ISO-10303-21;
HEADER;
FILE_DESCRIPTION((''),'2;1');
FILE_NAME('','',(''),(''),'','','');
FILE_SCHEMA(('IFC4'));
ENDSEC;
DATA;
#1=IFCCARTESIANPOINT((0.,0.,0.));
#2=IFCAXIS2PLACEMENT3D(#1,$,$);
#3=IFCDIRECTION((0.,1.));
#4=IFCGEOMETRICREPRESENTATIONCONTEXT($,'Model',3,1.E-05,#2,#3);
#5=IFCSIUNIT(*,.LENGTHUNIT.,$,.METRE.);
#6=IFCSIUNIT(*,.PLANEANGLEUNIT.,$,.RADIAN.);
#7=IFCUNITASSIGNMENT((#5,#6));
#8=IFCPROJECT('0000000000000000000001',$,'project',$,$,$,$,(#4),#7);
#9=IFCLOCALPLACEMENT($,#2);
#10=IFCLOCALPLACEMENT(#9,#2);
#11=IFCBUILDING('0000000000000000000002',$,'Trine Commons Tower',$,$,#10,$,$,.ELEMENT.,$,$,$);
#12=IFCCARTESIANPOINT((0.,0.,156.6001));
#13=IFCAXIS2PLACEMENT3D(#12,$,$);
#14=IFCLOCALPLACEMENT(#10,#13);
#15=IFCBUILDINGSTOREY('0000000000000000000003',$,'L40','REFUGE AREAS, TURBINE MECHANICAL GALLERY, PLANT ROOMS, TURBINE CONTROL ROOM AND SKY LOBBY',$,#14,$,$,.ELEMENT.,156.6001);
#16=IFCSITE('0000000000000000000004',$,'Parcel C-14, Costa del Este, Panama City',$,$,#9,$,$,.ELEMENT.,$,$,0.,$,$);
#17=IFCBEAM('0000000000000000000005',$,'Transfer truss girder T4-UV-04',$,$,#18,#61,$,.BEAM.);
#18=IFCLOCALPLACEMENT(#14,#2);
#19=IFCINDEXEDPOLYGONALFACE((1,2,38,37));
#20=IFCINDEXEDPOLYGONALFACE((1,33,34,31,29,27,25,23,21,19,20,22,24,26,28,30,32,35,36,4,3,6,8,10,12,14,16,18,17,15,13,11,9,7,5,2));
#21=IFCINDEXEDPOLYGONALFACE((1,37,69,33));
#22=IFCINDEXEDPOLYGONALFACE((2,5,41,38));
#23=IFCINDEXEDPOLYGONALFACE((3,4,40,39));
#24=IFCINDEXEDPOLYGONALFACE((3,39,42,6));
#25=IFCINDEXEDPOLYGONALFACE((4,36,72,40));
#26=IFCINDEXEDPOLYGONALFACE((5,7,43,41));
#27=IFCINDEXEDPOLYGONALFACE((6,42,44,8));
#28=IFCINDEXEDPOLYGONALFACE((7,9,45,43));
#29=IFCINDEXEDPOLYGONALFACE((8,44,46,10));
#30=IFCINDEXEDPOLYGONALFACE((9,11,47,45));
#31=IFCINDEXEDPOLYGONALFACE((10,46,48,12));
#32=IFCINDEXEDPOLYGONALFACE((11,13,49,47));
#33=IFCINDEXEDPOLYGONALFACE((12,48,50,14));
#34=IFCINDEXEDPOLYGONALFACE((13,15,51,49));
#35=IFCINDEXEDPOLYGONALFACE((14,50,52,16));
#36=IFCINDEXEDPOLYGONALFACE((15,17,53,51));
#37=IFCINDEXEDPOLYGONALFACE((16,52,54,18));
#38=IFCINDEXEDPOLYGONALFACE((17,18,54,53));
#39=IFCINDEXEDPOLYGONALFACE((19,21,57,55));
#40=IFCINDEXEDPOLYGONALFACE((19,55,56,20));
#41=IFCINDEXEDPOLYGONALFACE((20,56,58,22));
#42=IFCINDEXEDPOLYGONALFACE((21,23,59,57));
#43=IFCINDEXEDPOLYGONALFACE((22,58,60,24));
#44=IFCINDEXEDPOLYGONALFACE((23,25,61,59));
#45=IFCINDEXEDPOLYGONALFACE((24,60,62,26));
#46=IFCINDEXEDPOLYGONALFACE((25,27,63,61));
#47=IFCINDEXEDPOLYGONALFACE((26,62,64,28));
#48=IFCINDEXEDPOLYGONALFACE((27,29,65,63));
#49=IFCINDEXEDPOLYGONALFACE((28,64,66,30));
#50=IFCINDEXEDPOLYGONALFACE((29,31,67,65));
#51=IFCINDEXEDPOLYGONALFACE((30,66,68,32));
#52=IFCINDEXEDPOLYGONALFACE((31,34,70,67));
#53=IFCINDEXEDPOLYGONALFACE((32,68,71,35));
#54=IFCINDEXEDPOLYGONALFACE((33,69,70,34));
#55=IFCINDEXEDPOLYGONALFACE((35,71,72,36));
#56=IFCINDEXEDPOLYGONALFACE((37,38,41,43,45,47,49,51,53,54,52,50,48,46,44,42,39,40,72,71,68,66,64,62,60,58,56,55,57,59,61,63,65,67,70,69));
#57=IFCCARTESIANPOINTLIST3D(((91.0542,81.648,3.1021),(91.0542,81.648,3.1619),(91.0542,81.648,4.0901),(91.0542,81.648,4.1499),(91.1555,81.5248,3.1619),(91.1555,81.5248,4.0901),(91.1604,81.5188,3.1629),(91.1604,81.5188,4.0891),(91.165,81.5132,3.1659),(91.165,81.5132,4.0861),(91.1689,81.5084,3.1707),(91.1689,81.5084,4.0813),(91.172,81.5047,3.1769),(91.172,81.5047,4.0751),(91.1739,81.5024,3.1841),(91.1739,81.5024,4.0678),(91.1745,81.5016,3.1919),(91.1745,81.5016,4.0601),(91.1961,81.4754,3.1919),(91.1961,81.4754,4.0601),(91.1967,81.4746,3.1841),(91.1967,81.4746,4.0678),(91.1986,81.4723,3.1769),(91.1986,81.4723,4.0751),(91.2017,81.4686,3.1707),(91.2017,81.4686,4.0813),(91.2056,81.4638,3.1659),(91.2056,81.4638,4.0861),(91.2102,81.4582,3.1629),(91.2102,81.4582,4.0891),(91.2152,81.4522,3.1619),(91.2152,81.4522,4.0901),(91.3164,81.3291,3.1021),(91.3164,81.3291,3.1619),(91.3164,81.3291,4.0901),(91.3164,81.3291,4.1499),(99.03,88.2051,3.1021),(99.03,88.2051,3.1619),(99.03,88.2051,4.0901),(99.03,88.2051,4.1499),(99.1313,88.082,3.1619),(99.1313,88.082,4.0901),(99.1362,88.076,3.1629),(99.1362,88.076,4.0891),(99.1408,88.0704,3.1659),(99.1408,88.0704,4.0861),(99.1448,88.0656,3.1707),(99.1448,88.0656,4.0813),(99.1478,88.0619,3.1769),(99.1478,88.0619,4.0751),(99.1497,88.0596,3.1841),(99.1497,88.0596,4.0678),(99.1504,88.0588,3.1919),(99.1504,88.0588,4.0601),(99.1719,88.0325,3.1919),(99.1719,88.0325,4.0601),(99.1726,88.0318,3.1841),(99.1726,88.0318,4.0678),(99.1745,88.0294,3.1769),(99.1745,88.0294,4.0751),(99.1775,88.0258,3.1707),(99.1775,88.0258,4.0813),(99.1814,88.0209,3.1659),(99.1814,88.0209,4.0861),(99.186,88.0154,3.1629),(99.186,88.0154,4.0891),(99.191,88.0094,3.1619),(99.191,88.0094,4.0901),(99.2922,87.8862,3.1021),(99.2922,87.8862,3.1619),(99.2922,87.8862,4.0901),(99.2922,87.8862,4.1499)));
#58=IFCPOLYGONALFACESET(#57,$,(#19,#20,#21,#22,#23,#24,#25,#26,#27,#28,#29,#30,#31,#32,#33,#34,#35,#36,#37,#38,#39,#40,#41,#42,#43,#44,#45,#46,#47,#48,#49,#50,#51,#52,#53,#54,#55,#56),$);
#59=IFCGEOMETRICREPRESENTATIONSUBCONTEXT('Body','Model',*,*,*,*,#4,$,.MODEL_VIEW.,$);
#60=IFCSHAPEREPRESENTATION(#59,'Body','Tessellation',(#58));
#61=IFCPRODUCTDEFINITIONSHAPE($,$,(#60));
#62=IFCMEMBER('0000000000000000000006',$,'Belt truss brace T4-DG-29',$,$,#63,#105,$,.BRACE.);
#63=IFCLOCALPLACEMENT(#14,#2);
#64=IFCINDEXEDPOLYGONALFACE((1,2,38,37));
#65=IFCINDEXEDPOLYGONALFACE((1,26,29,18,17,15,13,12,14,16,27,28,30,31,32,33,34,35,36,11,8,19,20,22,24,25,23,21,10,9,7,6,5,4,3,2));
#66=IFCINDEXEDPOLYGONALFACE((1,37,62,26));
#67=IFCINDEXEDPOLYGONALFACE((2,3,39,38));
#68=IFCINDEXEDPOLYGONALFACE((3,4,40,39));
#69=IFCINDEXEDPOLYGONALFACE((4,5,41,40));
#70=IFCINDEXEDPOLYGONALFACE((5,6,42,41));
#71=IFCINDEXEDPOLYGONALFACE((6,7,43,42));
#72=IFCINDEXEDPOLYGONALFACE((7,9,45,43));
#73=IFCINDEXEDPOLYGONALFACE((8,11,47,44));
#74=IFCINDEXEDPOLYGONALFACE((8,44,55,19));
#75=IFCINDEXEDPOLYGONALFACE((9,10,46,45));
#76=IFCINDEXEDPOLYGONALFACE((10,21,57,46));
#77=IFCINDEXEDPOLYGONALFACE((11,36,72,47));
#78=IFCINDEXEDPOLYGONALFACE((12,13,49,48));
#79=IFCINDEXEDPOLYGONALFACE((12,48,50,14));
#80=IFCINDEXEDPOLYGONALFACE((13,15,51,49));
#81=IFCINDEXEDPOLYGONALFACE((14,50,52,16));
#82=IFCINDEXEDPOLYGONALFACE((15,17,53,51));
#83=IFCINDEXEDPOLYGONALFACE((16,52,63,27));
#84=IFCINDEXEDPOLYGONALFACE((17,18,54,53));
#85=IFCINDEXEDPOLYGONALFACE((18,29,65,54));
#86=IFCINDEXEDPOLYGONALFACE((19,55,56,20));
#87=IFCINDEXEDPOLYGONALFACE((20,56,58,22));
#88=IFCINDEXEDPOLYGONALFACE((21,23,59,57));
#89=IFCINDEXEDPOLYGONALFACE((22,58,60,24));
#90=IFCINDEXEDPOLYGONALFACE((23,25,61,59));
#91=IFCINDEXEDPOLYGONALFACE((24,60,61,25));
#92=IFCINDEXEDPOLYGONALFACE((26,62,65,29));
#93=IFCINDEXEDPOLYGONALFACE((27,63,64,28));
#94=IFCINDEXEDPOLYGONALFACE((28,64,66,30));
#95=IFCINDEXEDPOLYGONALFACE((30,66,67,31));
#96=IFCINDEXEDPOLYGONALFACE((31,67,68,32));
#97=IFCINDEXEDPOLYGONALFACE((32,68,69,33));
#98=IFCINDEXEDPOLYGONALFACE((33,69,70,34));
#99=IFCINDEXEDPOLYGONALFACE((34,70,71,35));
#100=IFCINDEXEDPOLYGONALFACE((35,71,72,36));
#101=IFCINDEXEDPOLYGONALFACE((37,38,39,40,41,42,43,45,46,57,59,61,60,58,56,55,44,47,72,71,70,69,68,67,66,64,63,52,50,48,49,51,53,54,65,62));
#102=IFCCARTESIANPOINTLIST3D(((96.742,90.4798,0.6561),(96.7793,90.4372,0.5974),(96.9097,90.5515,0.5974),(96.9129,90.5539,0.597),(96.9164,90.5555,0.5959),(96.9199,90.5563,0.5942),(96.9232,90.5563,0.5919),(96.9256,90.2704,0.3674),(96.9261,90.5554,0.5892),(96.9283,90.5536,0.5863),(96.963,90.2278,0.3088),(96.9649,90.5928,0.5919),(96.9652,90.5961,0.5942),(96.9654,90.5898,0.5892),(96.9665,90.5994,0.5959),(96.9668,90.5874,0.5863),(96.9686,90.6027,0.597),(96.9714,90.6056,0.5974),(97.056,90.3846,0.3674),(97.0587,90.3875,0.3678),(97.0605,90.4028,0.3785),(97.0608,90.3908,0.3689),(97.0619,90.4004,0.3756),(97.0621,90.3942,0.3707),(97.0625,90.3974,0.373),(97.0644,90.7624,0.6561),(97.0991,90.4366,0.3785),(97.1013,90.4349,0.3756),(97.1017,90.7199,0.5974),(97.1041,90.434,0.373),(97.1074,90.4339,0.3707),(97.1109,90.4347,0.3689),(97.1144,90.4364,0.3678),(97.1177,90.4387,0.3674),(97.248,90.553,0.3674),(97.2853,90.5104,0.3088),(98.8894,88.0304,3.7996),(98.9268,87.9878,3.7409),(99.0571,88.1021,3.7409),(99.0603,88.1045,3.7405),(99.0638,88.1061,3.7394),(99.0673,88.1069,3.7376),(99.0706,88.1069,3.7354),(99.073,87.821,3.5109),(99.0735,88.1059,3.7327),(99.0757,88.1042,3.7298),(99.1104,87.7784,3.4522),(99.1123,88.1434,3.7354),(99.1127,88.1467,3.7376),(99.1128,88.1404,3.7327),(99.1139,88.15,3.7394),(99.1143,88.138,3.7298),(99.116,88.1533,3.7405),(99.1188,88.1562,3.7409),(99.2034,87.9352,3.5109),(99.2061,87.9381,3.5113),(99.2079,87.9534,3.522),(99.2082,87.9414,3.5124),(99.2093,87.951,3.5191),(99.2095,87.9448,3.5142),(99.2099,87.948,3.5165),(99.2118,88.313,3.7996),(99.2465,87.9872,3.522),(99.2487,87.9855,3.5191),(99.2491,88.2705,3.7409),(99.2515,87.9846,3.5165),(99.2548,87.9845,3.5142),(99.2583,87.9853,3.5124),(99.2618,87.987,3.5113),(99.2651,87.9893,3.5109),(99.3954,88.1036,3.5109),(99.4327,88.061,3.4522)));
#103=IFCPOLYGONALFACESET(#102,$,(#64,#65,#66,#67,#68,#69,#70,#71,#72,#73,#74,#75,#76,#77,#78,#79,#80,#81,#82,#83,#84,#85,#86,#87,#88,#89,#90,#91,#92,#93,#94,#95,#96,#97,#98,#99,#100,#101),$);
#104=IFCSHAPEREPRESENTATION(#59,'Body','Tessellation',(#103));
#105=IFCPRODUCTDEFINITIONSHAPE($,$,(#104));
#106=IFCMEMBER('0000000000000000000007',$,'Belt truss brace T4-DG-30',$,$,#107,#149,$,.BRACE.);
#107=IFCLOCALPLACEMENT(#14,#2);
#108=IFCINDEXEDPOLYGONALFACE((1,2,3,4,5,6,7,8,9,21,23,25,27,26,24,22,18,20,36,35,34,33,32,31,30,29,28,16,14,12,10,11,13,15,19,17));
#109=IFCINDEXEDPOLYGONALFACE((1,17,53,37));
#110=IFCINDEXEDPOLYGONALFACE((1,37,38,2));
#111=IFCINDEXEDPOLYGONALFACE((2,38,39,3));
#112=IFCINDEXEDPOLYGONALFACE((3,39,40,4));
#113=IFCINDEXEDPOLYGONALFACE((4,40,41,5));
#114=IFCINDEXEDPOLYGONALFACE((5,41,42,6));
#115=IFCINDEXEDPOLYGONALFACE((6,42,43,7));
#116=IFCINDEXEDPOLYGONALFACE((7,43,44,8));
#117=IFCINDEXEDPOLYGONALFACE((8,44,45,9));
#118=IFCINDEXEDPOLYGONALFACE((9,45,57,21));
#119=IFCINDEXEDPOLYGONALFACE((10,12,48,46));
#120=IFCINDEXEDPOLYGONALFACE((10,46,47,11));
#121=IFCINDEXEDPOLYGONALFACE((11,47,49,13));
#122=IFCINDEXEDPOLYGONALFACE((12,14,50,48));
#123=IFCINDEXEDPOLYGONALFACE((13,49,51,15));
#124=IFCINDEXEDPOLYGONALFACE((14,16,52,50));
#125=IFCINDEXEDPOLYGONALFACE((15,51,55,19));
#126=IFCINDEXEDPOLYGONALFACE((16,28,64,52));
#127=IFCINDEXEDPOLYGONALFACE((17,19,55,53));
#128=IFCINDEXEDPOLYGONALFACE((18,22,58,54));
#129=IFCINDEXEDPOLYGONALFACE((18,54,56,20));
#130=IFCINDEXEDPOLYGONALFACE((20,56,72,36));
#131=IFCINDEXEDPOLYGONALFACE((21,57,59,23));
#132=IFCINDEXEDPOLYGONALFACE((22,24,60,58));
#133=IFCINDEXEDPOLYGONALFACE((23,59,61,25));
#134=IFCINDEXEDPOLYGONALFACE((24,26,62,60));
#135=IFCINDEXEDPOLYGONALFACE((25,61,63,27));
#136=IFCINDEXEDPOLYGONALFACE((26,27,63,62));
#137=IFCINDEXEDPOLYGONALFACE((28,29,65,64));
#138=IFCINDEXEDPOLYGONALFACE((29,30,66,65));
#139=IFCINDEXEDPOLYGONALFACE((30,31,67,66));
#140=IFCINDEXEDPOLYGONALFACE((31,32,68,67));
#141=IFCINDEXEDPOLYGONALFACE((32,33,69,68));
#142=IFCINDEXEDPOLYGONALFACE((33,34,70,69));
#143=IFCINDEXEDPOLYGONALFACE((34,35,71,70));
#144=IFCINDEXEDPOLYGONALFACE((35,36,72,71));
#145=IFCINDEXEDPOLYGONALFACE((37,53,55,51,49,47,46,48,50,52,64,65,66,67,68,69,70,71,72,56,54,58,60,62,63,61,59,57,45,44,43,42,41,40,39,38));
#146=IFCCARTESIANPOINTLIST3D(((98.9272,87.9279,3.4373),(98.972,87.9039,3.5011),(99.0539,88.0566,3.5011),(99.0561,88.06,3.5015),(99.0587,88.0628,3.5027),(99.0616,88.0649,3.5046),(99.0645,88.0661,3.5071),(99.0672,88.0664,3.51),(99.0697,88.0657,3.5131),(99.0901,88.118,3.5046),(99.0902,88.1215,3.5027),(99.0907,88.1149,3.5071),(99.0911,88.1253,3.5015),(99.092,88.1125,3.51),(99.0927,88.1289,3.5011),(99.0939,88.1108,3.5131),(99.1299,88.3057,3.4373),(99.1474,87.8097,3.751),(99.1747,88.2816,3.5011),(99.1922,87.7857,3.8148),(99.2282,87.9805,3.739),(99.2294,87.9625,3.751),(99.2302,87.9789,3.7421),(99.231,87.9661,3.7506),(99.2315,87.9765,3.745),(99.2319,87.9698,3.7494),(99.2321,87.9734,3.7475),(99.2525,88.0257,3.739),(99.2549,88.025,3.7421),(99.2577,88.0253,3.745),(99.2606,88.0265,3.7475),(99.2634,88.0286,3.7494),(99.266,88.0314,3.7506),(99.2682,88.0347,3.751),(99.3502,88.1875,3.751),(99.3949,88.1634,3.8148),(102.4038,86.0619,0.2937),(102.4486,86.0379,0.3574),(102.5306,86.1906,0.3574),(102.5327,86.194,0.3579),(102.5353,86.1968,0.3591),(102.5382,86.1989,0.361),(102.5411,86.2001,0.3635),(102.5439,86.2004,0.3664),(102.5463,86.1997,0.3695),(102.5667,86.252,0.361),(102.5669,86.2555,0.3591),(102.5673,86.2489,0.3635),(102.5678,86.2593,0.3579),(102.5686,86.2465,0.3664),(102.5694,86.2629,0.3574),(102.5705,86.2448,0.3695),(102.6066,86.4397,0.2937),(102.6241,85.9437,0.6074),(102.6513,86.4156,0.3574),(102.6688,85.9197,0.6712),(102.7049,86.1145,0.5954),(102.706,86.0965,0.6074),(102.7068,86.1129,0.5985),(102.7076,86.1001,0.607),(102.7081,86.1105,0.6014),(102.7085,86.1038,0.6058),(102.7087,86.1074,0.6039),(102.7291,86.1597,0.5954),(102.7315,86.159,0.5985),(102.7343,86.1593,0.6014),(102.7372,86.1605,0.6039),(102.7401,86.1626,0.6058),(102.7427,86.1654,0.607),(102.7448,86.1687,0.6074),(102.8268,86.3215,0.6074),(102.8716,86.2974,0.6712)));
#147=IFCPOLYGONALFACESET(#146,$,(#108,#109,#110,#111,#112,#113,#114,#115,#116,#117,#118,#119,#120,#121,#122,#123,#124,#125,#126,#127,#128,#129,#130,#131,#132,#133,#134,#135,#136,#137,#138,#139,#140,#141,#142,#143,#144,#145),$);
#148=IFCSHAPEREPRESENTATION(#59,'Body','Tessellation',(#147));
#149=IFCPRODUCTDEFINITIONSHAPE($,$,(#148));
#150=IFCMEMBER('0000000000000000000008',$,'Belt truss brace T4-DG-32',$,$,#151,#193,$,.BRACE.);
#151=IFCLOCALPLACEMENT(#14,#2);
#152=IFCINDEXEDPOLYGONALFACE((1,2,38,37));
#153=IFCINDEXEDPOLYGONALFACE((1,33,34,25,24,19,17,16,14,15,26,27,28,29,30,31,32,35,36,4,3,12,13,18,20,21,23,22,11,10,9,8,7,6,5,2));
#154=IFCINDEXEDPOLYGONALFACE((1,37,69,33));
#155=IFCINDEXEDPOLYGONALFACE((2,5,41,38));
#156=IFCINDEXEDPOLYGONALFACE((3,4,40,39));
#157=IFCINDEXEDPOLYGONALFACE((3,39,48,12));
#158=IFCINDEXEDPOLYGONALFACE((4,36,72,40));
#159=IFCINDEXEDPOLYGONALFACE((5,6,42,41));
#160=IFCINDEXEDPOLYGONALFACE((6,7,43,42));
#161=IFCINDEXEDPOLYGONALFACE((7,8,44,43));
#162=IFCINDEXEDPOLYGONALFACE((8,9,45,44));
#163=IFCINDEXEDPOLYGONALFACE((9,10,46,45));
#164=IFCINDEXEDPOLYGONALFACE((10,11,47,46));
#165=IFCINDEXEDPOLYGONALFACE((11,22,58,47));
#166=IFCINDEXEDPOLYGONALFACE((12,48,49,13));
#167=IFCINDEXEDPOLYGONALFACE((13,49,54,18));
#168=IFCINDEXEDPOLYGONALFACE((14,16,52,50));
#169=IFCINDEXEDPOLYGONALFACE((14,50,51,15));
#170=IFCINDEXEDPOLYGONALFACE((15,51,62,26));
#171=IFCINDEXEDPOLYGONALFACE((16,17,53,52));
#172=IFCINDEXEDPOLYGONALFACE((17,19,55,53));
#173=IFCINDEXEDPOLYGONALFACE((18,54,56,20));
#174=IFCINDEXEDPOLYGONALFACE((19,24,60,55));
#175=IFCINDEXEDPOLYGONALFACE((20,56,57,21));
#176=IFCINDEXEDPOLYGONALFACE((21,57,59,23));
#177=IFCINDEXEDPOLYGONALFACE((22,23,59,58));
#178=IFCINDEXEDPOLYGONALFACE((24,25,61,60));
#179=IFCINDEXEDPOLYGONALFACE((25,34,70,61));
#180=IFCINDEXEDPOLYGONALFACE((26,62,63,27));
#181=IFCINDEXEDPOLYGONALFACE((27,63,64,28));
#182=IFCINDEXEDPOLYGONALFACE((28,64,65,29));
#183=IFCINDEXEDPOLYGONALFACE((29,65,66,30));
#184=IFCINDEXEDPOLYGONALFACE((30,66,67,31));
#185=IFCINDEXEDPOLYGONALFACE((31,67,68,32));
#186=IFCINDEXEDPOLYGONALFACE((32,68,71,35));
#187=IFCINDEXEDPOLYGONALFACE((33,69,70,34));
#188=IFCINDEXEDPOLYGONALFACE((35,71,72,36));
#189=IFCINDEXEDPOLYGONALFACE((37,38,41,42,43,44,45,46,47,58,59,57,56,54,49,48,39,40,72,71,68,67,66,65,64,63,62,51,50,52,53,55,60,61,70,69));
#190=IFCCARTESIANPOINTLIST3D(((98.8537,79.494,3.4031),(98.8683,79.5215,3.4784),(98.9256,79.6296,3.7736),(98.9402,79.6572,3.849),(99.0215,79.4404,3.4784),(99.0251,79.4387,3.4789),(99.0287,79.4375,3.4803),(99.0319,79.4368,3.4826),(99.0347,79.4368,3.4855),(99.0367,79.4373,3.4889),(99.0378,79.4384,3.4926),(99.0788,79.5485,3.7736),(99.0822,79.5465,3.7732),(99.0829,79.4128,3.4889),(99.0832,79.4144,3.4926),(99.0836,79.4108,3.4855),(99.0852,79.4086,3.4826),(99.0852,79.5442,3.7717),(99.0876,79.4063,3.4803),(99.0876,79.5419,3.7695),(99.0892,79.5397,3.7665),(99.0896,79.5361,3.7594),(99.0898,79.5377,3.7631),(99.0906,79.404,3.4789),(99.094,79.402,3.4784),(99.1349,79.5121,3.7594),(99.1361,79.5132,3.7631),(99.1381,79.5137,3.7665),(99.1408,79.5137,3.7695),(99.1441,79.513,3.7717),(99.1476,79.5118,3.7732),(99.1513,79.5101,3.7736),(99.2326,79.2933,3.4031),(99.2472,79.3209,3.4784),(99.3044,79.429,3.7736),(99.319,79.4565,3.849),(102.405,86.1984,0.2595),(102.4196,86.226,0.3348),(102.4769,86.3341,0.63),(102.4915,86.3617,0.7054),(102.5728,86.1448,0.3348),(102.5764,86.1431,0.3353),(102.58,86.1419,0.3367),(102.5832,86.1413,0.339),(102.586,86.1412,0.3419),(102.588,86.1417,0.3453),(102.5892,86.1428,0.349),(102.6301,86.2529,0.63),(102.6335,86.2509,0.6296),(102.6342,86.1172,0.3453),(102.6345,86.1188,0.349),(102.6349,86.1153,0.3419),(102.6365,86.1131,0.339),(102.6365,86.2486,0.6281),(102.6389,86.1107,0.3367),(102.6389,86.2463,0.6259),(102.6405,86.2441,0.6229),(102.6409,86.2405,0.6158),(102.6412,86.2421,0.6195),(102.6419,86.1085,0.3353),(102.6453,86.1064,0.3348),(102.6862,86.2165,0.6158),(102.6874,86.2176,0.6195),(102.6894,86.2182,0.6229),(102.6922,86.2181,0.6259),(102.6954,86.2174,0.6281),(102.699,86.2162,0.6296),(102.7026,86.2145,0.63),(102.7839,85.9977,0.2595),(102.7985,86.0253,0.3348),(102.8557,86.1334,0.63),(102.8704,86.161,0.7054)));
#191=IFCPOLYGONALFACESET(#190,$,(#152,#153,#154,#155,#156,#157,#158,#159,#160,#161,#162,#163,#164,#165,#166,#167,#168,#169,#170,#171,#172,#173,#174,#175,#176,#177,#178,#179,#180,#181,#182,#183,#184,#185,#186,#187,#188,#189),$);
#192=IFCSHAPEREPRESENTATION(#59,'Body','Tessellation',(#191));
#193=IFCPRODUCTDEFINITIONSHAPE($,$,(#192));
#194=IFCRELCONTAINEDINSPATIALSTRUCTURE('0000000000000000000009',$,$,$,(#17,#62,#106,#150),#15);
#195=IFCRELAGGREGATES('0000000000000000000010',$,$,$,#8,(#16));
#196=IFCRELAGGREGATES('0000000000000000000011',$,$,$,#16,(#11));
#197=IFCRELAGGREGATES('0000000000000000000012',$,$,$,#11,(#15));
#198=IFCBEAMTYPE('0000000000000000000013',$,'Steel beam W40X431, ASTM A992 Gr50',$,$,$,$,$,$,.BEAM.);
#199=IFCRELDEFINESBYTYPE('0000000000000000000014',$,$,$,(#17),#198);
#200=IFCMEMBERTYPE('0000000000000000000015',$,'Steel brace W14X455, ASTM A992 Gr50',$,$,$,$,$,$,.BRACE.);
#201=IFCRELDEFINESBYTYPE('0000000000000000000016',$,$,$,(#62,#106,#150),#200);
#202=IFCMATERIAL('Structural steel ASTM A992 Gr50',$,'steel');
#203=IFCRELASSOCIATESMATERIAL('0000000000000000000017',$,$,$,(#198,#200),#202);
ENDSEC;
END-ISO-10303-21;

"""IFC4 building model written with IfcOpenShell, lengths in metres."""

from ifc_helpers import new_model, si_unit, direction, frame, origin, origin_2d, place, context, subcontext, project, spatial, i_section, extrude, material, material_profile, profile_set, type_object, element, save


model = new_model("IFC4")

# Units and contexts
model_context = context("Model", 3, precision=1e-05, world=origin(), true_north=direction((0.0, 1.0)))
body_context = subcontext(model_context, "Body", "Model", "MODEL_VIEW")
ifc_project = project(units=[si_unit("LENGTHUNIT", "METRE"), si_unit("PLANEANGLEUNIT", "RADIAN")], contexts=[model_context])

# Site, building, storey
site_placement = place(None, origin())
site = spatial("IfcSite", under=ifc_project, at=site_placement, Name="Parcel C-14, Costa del Este, Panama City", CompositionType="ELEMENT", RefElevation=0.0)
building_placement = place(site_placement, origin())
building = spatial("IfcBuilding", under=site, at=building_placement, Name="Trine Commons Tower", CompositionType="ELEMENT")
storey_placement = place(building_placement, frame((0.0, 0.0, 156.6001)))
storey = spatial("IfcBuildingStorey", under=building, at=storey_placement, Name="L40", Description="REFUGE AREAS, TURBINE MECHANICAL GALLERY, PLANT ROOMS, TURBINE CONTROL ROOM AND SKY LOBBY", CompositionType="ELEMENT", Elevation=156.6001)

# Beam
ifc_material_1 = material(Name="Structural steel ASTM A992 Gr50", Category="steel")
ifc_material_profile_1 = material_profile(ifc_material_1, i_section(OverallWidth=0.4128, OverallDepth=1.0479, WebThickness=0.0339, FlangeThickness=0.0598, FilletRadius=0.03, at=origin_2d()), Name="W40X431")
ifc_profile_set_1 = profile_set([ifc_material_profile_1], Name="Structural steel ASTM A992 Gr50")
beam_type = type_object("IfcBeamType", Name="Steel beam W40X431, ASTM A992 Gr50", PredefinedType="BEAM", material=ifc_profile_set_1)
beam_placement = place(storey_placement, frame((99.1611, 88.0457, 3.626), z_axis=(-0.772462, -0.635061, 0.0), x_axis=(0.635061, -0.772462, 0.0)))
element("IfcBeam", 1, at=beam_placement, inside=storey, type_object=beam_type, Name="Transfer truss girder T4-UV-04", PredefinedType="BEAM", context=body_context, shape_type="SweptSolid", body=[
    extrude(i_section(OverallWidth=0.4128, OverallDepth=1.0479, WebThickness=0.0339, FlangeThickness=0.0598, FilletRadius=0.03, at=origin_2d()), origin(), (0.0, 0.0, 1.0), 10.3252),
])

# Members
ifc_material_profile_2 = material_profile(ifc_material_1, i_section(OverallWidth=0.4287, OverallDepth=0.4827, WebThickness=0.0513, FlangeThickness=0.0815, FilletRadius=0.0154, at=origin_2d()), Name="W14X455")
ifc_profile_set_2 = profile_set([ifc_material_profile_2], Name="Structural steel ASTM A992 Gr50")
member_type_1 = type_object("IfcMemberType", Name="Steel brace W14X455, ASTM A992 Gr50", PredefinedType="BRACE", material=ifc_profile_set_2)
member_1_placement = place(storey_placement, frame((97.0137, 90.4951, 0.4824), z_axis=(0.474371, -0.541083, 0.694407), x_axis=(0.75194, 0.659231, 0.0)))
element("IfcMember", 2, at=member_1_placement, inside=storey, type_object=member_type_1, Name="Belt truss brace T4-DG-29", PredefinedType="BRACE", context=body_context, shape_type="SweptSolid", body=[
    extrude(i_section(OverallWidth=0.4287, OverallDepth=0.4827, WebThickness=0.0513, FlangeThickness=0.0815, FilletRadius=0.0154, at=origin_2d()), origin(), (0.0, 0.0, 1.0), 4.5269),
])
member_2_placement = place(storey_placement, frame((102.6377, 86.1797, 0.4824), z_axis=(-0.689134, 0.369877, 0.623125), x_axis=(-0.472915, -0.881108, 0.0)))
element("IfcMember", 3, at=member_2_placement, inside=storey, type_object=member_type_1, Name="Belt truss brace T4-DG-30", PredefinedType="BRACE", context=body_context, shape_type="SweptSolid", body=[
    extrude(i_section(OverallWidth=0.4287, OverallDepth=0.4827, WebThickness=0.0513, FlangeThickness=0.0815, FilletRadius=0.0154, at=origin_2d()), origin(), (0.0, 0.0, 1.0), 5.0449),
])
member_3_placement = place(storey_placement, frame((102.6377, 86.1797, 0.4824), z_axis=(-0.432434, -0.81638, 0.382787), x_axis=(0.883684, -0.468084, 0.0)))
element("IfcMember", 4, at=member_3_placement, inside=storey, type_object=member_type_1, Name="Belt truss brace T4-DG-32", PredefinedType="BRACE", context=body_context, shape_type="SweptSolid", body=[
    extrude(i_section(OverallWidth=0.4287, OverallDepth=0.4827, WebThickness=0.0513, FlangeThickness=0.0815, FilletRadius=0.0154, at=origin_2d()), origin(), (0.0, 0.0, 1.0), 8.2124),
])

save(model, "model.ifc")
